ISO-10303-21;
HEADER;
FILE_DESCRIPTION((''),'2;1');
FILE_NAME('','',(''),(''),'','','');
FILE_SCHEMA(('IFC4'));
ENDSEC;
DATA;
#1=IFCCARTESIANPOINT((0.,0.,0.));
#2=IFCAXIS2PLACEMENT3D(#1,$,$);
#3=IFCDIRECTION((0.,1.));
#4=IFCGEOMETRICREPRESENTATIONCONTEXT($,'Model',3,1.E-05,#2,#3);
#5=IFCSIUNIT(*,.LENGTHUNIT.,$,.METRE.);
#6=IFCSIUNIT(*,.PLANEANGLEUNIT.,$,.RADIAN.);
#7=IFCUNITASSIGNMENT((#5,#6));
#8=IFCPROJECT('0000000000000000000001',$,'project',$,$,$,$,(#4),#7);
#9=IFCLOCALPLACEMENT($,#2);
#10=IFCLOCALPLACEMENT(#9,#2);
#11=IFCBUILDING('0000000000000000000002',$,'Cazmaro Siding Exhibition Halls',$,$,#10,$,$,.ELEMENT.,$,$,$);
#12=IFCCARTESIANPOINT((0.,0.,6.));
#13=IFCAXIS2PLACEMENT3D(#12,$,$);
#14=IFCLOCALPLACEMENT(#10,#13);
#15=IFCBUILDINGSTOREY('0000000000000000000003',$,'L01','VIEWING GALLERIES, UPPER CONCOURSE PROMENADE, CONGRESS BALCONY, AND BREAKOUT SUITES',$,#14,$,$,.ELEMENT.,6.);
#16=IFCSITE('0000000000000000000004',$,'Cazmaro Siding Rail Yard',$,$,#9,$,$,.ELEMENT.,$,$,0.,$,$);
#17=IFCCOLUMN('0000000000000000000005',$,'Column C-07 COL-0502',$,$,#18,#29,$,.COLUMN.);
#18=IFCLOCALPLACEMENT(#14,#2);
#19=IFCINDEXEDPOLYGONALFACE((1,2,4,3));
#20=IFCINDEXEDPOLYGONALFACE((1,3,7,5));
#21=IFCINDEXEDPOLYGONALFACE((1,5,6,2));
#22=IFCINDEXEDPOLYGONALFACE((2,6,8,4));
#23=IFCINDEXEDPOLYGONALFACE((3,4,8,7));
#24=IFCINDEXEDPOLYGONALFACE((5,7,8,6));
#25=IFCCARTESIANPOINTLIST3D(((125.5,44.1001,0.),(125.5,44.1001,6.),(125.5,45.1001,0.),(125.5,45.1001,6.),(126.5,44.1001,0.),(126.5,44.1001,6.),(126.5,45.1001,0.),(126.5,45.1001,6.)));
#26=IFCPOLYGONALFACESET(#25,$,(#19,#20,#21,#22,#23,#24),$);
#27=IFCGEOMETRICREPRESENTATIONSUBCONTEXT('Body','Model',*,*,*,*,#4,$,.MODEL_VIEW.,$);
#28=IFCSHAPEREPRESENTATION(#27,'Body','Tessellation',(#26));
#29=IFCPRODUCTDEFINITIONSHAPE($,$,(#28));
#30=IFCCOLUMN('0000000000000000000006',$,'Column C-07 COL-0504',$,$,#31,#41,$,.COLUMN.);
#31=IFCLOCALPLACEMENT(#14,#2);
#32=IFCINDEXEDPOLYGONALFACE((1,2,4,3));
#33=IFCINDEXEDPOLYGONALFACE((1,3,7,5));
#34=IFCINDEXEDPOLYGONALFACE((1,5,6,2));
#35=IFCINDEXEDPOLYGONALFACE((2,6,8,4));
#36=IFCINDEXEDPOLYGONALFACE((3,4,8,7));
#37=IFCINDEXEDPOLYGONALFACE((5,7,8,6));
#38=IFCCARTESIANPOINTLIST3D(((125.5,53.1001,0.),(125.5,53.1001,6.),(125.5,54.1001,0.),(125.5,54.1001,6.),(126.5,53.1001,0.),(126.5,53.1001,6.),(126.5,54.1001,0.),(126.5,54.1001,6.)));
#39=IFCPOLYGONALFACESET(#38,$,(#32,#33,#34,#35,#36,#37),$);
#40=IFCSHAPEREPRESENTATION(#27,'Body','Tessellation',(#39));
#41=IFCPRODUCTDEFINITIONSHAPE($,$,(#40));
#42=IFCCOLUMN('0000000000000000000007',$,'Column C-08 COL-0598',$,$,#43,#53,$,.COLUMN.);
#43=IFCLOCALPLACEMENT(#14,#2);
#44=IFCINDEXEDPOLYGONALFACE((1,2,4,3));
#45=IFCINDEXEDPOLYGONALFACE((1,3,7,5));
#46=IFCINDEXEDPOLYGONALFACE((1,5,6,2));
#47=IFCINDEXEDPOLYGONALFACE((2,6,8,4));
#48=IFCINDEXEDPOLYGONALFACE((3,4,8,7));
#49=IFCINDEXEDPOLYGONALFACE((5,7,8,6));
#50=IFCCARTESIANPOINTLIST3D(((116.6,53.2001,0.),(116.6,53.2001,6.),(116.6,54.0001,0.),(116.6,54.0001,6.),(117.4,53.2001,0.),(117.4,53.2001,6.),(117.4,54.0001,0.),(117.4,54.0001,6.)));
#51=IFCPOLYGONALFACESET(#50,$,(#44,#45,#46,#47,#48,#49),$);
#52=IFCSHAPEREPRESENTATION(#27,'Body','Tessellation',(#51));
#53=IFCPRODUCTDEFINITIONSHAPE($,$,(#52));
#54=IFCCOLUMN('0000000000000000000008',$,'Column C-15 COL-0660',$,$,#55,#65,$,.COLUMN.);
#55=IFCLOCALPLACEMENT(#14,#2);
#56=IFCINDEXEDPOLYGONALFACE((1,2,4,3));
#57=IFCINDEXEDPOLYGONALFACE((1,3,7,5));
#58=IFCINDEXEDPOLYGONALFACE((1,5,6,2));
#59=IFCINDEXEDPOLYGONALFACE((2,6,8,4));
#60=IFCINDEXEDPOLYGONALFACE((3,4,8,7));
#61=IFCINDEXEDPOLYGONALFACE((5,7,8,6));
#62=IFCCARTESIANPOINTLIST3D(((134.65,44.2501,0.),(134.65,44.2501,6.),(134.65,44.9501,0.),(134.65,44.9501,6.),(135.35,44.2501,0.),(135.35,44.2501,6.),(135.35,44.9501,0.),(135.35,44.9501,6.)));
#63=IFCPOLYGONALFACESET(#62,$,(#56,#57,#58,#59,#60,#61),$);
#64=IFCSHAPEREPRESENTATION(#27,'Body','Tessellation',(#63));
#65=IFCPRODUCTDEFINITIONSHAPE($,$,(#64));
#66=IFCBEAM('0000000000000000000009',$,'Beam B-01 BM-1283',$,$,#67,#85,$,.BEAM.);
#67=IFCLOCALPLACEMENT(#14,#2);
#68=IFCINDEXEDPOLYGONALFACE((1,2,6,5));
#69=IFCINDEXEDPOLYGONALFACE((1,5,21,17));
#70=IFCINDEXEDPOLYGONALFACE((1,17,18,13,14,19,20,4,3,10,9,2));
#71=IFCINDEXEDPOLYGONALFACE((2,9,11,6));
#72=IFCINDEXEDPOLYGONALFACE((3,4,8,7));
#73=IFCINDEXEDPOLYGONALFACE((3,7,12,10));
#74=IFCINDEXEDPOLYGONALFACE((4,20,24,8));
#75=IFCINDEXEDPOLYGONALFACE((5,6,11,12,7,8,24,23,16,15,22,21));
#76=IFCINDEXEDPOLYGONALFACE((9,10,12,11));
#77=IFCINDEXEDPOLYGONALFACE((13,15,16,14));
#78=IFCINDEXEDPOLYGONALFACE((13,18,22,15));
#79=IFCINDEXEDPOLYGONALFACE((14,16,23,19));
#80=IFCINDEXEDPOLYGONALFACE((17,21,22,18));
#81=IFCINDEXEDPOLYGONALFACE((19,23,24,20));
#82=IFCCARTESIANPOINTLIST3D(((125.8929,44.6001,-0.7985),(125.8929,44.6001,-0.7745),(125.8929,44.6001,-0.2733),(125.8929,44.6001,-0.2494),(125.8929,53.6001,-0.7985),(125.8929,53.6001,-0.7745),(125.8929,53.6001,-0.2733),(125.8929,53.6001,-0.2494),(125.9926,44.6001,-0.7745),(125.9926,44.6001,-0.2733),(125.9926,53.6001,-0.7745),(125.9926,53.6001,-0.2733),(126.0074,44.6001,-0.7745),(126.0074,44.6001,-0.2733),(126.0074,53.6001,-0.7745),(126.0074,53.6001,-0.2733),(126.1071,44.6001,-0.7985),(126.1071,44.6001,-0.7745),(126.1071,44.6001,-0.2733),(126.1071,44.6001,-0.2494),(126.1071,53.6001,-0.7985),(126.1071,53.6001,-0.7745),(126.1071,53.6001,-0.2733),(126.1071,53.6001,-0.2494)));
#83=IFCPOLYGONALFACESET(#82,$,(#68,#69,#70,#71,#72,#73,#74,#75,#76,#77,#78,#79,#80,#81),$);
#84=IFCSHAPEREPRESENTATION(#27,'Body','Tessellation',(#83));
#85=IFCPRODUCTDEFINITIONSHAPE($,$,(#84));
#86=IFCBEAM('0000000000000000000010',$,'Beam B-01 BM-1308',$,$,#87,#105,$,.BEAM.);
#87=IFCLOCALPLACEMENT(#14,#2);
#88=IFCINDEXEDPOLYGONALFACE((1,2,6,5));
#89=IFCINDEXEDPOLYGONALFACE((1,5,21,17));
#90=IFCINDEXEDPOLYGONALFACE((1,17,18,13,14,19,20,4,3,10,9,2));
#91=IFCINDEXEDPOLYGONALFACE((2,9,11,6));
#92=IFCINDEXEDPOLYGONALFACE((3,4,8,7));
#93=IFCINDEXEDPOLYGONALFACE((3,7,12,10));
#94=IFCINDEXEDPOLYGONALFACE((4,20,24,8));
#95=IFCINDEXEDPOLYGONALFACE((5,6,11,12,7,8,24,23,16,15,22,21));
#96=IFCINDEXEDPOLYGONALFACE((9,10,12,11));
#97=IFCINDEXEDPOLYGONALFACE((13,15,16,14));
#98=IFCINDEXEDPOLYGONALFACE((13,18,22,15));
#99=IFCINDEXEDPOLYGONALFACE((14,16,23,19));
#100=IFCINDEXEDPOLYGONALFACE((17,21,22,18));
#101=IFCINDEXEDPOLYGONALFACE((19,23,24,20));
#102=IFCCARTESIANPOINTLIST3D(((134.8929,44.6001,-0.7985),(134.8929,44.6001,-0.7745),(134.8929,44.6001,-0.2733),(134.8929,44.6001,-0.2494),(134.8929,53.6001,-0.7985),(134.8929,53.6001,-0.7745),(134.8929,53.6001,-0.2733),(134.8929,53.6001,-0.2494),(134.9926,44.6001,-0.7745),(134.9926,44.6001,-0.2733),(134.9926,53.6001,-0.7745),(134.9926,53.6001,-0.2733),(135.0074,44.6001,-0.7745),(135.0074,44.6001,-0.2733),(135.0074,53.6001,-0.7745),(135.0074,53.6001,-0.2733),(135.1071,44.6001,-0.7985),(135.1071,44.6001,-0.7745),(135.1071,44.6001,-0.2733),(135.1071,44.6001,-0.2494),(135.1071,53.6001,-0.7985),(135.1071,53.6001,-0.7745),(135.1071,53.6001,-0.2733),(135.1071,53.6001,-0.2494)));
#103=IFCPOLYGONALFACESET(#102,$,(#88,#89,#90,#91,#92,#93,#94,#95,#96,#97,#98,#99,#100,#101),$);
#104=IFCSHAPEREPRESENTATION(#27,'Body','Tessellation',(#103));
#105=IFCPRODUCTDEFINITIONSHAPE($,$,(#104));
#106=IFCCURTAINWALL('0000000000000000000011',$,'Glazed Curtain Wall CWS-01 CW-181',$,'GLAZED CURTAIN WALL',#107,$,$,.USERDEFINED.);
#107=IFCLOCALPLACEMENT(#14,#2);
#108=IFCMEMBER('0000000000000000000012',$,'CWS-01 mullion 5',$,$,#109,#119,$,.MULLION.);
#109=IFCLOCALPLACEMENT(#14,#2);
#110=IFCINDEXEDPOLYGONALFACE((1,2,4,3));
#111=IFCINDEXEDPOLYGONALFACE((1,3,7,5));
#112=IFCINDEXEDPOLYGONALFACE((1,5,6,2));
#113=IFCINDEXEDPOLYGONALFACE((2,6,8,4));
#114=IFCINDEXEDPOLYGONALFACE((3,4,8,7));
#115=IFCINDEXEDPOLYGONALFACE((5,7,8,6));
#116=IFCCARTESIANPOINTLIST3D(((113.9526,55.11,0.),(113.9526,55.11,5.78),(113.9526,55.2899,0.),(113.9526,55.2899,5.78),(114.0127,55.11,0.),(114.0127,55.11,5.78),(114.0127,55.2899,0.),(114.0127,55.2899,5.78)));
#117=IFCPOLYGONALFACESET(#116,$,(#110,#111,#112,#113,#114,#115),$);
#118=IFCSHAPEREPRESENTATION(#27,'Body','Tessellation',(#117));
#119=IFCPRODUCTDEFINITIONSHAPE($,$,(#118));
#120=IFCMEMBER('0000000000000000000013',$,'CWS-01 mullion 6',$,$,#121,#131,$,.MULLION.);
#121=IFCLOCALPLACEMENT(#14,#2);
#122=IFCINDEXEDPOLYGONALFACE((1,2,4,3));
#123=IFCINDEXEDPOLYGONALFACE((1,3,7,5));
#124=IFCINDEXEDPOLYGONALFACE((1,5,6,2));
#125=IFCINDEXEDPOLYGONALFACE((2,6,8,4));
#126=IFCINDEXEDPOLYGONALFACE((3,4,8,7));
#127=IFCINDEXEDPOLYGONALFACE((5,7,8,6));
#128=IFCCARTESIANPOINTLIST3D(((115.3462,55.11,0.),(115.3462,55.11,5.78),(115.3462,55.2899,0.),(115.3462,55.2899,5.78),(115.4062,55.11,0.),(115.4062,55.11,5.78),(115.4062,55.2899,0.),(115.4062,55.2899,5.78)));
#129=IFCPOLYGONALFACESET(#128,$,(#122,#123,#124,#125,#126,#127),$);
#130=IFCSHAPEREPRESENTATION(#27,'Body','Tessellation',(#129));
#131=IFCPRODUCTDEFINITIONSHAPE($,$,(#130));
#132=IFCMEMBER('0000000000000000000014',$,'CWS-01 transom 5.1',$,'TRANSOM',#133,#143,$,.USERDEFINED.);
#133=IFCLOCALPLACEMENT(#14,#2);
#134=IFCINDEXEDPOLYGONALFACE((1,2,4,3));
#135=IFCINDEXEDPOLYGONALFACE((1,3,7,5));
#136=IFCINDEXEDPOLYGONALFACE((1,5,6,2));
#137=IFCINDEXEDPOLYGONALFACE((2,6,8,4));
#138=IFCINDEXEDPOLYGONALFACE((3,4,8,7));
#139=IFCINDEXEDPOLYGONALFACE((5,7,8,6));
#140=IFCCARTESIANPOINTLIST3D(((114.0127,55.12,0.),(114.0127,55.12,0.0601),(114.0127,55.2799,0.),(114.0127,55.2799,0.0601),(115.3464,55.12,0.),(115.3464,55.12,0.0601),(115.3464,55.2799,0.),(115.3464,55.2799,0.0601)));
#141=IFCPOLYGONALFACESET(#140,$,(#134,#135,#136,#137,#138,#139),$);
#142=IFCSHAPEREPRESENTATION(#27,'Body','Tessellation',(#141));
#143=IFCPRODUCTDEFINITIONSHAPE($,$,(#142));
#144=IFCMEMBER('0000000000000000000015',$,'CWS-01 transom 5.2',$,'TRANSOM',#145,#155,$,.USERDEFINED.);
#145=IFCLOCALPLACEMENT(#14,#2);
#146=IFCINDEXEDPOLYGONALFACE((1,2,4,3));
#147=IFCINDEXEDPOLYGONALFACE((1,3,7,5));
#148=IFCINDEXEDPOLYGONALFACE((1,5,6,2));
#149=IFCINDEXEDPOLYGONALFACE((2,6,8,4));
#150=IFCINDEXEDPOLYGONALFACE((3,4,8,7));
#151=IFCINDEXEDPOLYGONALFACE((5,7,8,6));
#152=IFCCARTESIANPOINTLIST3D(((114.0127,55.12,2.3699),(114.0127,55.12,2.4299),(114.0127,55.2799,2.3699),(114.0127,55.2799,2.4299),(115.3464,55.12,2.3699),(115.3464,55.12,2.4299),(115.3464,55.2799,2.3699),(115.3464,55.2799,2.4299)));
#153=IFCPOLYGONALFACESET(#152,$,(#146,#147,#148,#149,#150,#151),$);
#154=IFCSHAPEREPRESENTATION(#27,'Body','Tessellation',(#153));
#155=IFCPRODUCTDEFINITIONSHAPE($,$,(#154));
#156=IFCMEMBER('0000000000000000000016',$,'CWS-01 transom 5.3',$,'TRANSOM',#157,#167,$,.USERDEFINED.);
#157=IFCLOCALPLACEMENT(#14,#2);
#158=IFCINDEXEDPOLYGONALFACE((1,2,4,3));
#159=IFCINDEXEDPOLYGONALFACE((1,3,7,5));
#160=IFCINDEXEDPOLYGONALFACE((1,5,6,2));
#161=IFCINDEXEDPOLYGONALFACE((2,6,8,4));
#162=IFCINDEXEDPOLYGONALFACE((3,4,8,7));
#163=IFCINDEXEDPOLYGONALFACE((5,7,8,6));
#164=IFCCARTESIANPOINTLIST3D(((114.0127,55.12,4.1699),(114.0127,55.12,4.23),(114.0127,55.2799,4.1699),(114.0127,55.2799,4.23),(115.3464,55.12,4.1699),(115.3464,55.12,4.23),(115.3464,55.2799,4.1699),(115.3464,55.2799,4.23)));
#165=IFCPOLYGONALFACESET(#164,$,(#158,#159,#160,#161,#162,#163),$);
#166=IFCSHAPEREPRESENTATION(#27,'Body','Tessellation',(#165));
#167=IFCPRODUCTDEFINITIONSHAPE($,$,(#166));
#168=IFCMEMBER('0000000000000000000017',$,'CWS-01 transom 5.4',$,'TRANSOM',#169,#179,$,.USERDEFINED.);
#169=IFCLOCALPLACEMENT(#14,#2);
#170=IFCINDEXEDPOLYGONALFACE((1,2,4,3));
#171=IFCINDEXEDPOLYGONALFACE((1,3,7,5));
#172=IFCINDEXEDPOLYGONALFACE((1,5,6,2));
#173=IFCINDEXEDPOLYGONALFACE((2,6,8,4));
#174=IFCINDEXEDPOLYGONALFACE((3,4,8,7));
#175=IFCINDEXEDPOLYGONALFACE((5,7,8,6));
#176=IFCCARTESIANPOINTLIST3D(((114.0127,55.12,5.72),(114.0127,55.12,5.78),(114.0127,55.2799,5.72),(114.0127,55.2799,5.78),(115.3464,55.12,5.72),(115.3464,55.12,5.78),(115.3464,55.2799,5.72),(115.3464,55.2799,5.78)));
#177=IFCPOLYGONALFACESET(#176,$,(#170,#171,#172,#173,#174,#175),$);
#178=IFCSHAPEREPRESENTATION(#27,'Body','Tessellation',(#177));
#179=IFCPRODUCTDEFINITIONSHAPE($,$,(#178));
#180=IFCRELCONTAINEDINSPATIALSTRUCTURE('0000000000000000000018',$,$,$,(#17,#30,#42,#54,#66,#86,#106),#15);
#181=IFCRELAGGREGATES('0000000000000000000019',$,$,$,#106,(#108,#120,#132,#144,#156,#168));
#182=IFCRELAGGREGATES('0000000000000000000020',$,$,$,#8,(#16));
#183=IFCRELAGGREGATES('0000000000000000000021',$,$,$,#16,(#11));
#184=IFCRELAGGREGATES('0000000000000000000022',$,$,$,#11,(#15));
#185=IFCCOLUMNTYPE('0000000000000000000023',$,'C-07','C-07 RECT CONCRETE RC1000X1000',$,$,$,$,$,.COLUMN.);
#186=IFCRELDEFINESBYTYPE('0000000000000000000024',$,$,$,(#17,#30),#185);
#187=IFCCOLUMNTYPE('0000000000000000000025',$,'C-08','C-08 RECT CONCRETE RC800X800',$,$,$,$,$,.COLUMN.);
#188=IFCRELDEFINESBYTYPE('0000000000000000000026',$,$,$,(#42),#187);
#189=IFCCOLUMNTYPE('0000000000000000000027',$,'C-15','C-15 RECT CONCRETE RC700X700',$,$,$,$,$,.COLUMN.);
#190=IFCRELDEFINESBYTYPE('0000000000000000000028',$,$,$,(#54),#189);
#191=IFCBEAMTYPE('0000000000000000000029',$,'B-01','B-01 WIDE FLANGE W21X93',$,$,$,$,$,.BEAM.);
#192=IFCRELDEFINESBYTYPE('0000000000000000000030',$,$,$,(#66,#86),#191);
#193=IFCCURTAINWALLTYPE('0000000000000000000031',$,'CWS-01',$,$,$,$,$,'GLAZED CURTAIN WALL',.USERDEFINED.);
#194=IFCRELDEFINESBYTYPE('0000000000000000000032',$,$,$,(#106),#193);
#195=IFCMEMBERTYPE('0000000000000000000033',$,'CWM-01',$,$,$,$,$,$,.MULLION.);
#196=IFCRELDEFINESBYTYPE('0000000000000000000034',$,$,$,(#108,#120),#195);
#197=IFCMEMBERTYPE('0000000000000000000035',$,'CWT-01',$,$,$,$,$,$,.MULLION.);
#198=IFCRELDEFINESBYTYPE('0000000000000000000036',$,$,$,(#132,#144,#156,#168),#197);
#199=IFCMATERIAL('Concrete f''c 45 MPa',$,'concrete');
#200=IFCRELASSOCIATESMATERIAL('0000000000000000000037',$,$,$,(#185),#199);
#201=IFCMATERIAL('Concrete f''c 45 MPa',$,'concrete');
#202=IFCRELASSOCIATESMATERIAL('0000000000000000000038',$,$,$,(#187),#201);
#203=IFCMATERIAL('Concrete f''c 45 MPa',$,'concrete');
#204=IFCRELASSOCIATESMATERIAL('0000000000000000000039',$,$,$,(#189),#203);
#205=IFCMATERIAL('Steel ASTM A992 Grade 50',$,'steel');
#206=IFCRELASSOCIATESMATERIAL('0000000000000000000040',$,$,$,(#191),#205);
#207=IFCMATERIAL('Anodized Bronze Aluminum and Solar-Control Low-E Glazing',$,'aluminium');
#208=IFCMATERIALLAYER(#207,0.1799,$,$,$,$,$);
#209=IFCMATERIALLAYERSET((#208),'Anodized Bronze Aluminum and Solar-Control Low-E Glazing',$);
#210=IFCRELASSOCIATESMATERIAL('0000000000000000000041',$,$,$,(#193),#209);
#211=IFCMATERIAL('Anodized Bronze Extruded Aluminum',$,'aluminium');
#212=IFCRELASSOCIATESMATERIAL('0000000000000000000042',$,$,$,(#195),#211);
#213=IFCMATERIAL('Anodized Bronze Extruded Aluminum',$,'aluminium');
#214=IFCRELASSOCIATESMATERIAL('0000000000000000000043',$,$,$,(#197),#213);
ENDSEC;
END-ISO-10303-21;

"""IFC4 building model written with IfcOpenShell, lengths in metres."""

from ifc_helpers import new_model, si_unit, direction, frame, origin, origin_2d, place, context, subcontext, project, spatial, rectangle, i_section, extrude, material, layer, layer_set, material_profile, profile_set, type_object, element, aggregate, save


model = new_model("IFC4")

# Units and contexts
model_context = context("Model", 3, precision=1e-05, world=origin(), true_north=direction((0.0, 1.0)))
body_context = subcontext(model_context, "Body", "Model", "MODEL_VIEW")
ifc_project = project(units=[si_unit("LENGTHUNIT", "METRE"), si_unit("PLANEANGLEUNIT", "RADIAN")], contexts=[model_context])

# Site, building, storey
site_placement = place(None, origin())
site = spatial("IfcSite", under=ifc_project, at=site_placement, Name="Cazmaro Siding Rail Yard", CompositionType="ELEMENT", RefElevation=0.0)
building_placement = place(site_placement, origin())
building = spatial("IfcBuilding", under=site, at=building_placement, Name="Cazmaro Siding Exhibition Halls", CompositionType="ELEMENT")
storey_placement = place(building_placement, frame((0.0, 0.0, 6.0)))
storey = spatial("IfcBuildingStorey", under=building, at=storey_placement, Name="L01", Description="VIEWING GALLERIES, UPPER CONCOURSE PROMENADE, CONGRESS BALCONY, AND BREAKOUT SUITES", CompositionType="ELEMENT", Elevation=6.0)

# Columns
ifc_material_1 = material(Name="Concrete f'c 45 MPa", Category="concrete")
ifc_material_profile_1 = material_profile(ifc_material_1, rectangle(XDim=1.0, YDim=1.0, at=origin_2d()), Name="RC1000X1000")
ifc_profile_set_1 = profile_set([ifc_material_profile_1], Name="Concrete f'c 45 MPa")
column_type_1 = type_object("IfcColumnType", Name="C-07", Description="C-07 RECT CONCRETE RC1000X1000", PredefinedType="COLUMN", material=ifc_profile_set_1)
for number, where, z_axis, x_axis, name in (
    (1, (126.0, 44.6001, 0.0), (0.0, 0.0, 1.0), (1.0, 0.0, 0.0), "Column C-07 COL-0502"),
    (2, (126.0, 53.6001, 0.0), (0.0, 0.0, 1.0), (1.0, 0.0, 0.0), "Column C-07 COL-0504"),
):
    element("IfcColumn", number, at=place(storey_placement, frame(where, z_axis=z_axis, x_axis=x_axis)), inside=storey, type_object=column_type_1, Name=name, PredefinedType="COLUMN", context=body_context, shape_type="SweptSolid", body=[
        extrude(rectangle(XDim=1.0, YDim=1.0, at=origin_2d()), origin(), (0.0, 0.0, 1.0), 6.0),
    ])
ifc_material_2 = material(Name="Concrete f'c 45 MPa", Category="concrete")
ifc_material_profile_2 = material_profile(ifc_material_2, rectangle(XDim=0.8, YDim=0.8, at=origin_2d()), Name="RC800X800")
ifc_profile_set_2 = profile_set([ifc_material_profile_2], Name="Concrete f'c 45 MPa")
column_type_2 = type_object("IfcColumnType", Name="C-08", Description="C-08 RECT CONCRETE RC800X800", PredefinedType="COLUMN", material=ifc_profile_set_2)
column_1_placement = place(storey_placement, frame((117.0, 53.6001, 0.0), z_axis=(0.0, 0.0, 1.0), x_axis=(1.0, 0.0, 0.0)))
element("IfcColumn", 3, at=column_1_placement, inside=storey, type_object=column_type_2, Name="Column C-08 COL-0598", PredefinedType="COLUMN", context=body_context, shape_type="SweptSolid", body=[
    extrude(rectangle(XDim=0.8, YDim=0.8, at=origin_2d()), origin(), (0.0, 0.0, 1.0), 6.0),
])
ifc_material_3 = material(Name="Concrete f'c 45 MPa", Category="concrete")
ifc_material_profile_3 = material_profile(ifc_material_3, rectangle(XDim=0.7, YDim=0.7, at=origin_2d()), Name="RC700X700")
ifc_profile_set_3 = profile_set([ifc_material_profile_3], Name="Concrete f'c 45 MPa")
column_type_3 = type_object("IfcColumnType", Name="C-15", Description="C-15 RECT CONCRETE RC700X700", PredefinedType="COLUMN", material=ifc_profile_set_3)
column_2_placement = place(storey_placement, frame((135.0, 44.6001, 0.0), z_axis=(0.0, 0.0, 1.0), x_axis=(1.0, 0.0, 0.0)))
element("IfcColumn", 4, at=column_2_placement, inside=storey, type_object=column_type_3, Name="Column C-15 COL-0660", PredefinedType="COLUMN", context=body_context, shape_type="SweptSolid", body=[
    extrude(rectangle(XDim=0.7, YDim=0.7, at=origin_2d()), origin(), (0.0, 0.0, 1.0), 6.0),
])

# Beams
ifc_material_4 = material(Name="Steel ASTM A992 Grade 50", Category="steel")
ifc_material_profile_4 = material_profile(ifc_material_4, i_section(OverallWidth=0.2141, OverallDepth=0.5491, WebThickness=0.0149, FlangeThickness=0.0239, at=origin_2d()), Name="W21X93")
ifc_profile_set_4 = profile_set([ifc_material_profile_4], Name="Steel ASTM A992 Grade 50")
beam_type_1 = type_object("IfcBeamType", Name="B-01", Description="B-01 WIDE FLANGE W21X93", PredefinedType="BEAM", material=ifc_profile_set_4)
for number, where, z_axis, x_axis, name in (
    (5, (126.0, 44.6001, -0.5239), (0.0, 1.0, 0.0), (-1.0, 0.0, 0.0), "Beam B-01 BM-1283"),
    (6, (135.0, 44.6001, -0.5239), (0.0, 1.0, 0.0), (-1.0, 0.0, 0.0), "Beam B-01 BM-1308"),
):
    element("IfcBeam", number, at=place(storey_placement, frame(where, z_axis=z_axis, x_axis=x_axis)), inside=storey, type_object=beam_type_1, Name=name, PredefinedType="BEAM", context=body_context, shape_type="SweptSolid", body=[
        extrude(i_section(OverallWidth=0.2141, OverallDepth=0.5491, WebThickness=0.0149, FlangeThickness=0.0239, at=origin_2d()), origin(), (0.0, 0.0, 1.0), 9.0),
    ])

# Curtain wall, members
ifc_material_5 = material(Name="Anodized Bronze Aluminum and Solar-Control Low-E Glazing", Category="aluminium")
ifc_layer_1 = layer(ifc_material_5, 0.1799)
ifc_layer_set_1 = layer_set([ifc_layer_1], Name="Anodized Bronze Aluminum and Solar-Control Low-E Glazing")
curtain_wall_type = type_object("IfcCurtainWallType", Name="CWS-01", ElementType="GLAZED CURTAIN WALL", PredefinedType="USERDEFINED", material=ifc_layer_set_1)
curtain_wall_placement = place(storey_placement, origin())
curtain_wall = element("IfcCurtainWall", 7, at=curtain_wall_placement, inside=storey, type_object=curtain_wall_type, Name="Glazed Curtain Wall CWS-01 CW-181", ObjectType="GLAZED CURTAIN WALL", PredefinedType="USERDEFINED")
ifc_material_6 = material(Name="Anodized Bronze Extruded Aluminum", Category="aluminium")
ifc_material_profile_5 = material_profile(ifc_material_6, rectangle(XDim=0.1799, YDim=0.0601, at=origin_2d()), Name="CWM-01")
ifc_profile_set_5 = profile_set([ifc_material_profile_5], Name="Anodized Bronze Extruded Aluminum")
member_type_1 = type_object("IfcMemberType", Name="CWM-01", PredefinedType="MULLION", material=ifc_profile_set_5)
member_1_placement = place(storey_placement, frame((113.9827, 55.2, 0.0), z_axis=(0.0, 0.0, 1.0), x_axis=(0.0, 1.0, 0.0)))
member_1 = element("IfcMember", 8, at=member_1_placement, type_object=member_type_1, Name="CWS-01 mullion 5", PredefinedType="MULLION", context=body_context, shape_type="SweptSolid", body=[
    extrude(rectangle(XDim=0.1799, YDim=0.0601, at=origin_2d()), origin(), (0.0, 0.0, 1.0), 5.78),
])
member_2_placement = place(storey_placement, frame((115.3762, 55.2, 0.0), z_axis=(0.0, 0.0, 1.0), x_axis=(0.0, 1.0, 0.0)))
member_2 = element("IfcMember", 9, at=member_2_placement, type_object=member_type_1, Name="CWS-01 mullion 6", PredefinedType="MULLION", context=body_context, shape_type="SweptSolid", body=[
    extrude(rectangle(XDim=0.1799, YDim=0.0601, at=origin_2d()), origin(), (0.0, 0.0, 1.0), 5.78),
])
ifc_material_7 = material(Name="Anodized Bronze Extruded Aluminum", Category="aluminium")
ifc_material_profile_6 = material_profile(ifc_material_7, rectangle(XDim=0.1599, YDim=0.0601, at=origin_2d()), Name="CWT-01")
ifc_profile_set_6 = profile_set([ifc_material_profile_6], Name="Anodized Bronze Extruded Aluminum")
member_type_2 = type_object("IfcMemberType", Name="CWT-01", PredefinedType="MULLION", material=ifc_profile_set_6)
member_3_placement = place(storey_placement, frame((114.0127, 55.2, 0.03), z_axis=(1.0, 0.0, 0.0), x_axis=(0.0, 1.0, 0.0)))
member_3 = element("IfcMember", 10, at=member_3_placement, type_object=member_type_2, Name="CWS-01 transom 5.1", ObjectType="TRANSOM", PredefinedType="USERDEFINED", context=body_context, shape_type="SweptSolid", body=[
    extrude(rectangle(XDim=0.1599, YDim=0.0601, at=origin_2d()), origin(), (0.0, 0.0, 1.0), 1.3337),
])
member_4_placement = place(storey_placement, frame((114.0127, 55.2, 2.3999), z_axis=(1.0, 0.0, 0.0), x_axis=(0.0, 1.0, 0.0)))
member_4 = element("IfcMember", 11, at=member_4_placement, type_object=member_type_2, Name="CWS-01 transom 5.2", ObjectType="TRANSOM", PredefinedType="USERDEFINED", context=body_context, shape_type="SweptSolid", body=[
    extrude(rectangle(XDim=0.1599, YDim=0.0601, at=origin_2d()), origin(), (0.0, 0.0, 1.0), 1.3337),
])
member_5_placement = place(storey_placement, frame((114.0127, 55.2, 4.2), z_axis=(1.0, 0.0, 0.0), x_axis=(0.0, 1.0, 0.0)))
member_5 = element("IfcMember", 12, at=member_5_placement, type_object=member_type_2, Name="CWS-01 transom 5.3", ObjectType="TRANSOM", PredefinedType="USERDEFINED", context=body_context, shape_type="SweptSolid", body=[
    extrude(rectangle(XDim=0.1599, YDim=0.0601, at=origin_2d()), origin(), (0.0, 0.0, 1.0), 1.3337),
])
member_6_placement = place(storey_placement, frame((114.0127, 55.2, 5.75), z_axis=(1.0, 0.0, 0.0), x_axis=(0.0, 1.0, 0.0)))
member_6 = element("IfcMember", 13, at=member_6_placement, type_object=member_type_2, Name="CWS-01 transom 5.4", ObjectType="TRANSOM", PredefinedType="USERDEFINED", context=body_context, shape_type="SweptSolid", body=[
    extrude(rectangle(XDim=0.1599, YDim=0.0601, at=origin_2d()), origin(), (0.0, 0.0, 1.0), 1.3337),
])

aggregate(curtain_wall, [member_1, member_2, member_3, member_4, member_5, member_6])

save(model, "model.ifc")
